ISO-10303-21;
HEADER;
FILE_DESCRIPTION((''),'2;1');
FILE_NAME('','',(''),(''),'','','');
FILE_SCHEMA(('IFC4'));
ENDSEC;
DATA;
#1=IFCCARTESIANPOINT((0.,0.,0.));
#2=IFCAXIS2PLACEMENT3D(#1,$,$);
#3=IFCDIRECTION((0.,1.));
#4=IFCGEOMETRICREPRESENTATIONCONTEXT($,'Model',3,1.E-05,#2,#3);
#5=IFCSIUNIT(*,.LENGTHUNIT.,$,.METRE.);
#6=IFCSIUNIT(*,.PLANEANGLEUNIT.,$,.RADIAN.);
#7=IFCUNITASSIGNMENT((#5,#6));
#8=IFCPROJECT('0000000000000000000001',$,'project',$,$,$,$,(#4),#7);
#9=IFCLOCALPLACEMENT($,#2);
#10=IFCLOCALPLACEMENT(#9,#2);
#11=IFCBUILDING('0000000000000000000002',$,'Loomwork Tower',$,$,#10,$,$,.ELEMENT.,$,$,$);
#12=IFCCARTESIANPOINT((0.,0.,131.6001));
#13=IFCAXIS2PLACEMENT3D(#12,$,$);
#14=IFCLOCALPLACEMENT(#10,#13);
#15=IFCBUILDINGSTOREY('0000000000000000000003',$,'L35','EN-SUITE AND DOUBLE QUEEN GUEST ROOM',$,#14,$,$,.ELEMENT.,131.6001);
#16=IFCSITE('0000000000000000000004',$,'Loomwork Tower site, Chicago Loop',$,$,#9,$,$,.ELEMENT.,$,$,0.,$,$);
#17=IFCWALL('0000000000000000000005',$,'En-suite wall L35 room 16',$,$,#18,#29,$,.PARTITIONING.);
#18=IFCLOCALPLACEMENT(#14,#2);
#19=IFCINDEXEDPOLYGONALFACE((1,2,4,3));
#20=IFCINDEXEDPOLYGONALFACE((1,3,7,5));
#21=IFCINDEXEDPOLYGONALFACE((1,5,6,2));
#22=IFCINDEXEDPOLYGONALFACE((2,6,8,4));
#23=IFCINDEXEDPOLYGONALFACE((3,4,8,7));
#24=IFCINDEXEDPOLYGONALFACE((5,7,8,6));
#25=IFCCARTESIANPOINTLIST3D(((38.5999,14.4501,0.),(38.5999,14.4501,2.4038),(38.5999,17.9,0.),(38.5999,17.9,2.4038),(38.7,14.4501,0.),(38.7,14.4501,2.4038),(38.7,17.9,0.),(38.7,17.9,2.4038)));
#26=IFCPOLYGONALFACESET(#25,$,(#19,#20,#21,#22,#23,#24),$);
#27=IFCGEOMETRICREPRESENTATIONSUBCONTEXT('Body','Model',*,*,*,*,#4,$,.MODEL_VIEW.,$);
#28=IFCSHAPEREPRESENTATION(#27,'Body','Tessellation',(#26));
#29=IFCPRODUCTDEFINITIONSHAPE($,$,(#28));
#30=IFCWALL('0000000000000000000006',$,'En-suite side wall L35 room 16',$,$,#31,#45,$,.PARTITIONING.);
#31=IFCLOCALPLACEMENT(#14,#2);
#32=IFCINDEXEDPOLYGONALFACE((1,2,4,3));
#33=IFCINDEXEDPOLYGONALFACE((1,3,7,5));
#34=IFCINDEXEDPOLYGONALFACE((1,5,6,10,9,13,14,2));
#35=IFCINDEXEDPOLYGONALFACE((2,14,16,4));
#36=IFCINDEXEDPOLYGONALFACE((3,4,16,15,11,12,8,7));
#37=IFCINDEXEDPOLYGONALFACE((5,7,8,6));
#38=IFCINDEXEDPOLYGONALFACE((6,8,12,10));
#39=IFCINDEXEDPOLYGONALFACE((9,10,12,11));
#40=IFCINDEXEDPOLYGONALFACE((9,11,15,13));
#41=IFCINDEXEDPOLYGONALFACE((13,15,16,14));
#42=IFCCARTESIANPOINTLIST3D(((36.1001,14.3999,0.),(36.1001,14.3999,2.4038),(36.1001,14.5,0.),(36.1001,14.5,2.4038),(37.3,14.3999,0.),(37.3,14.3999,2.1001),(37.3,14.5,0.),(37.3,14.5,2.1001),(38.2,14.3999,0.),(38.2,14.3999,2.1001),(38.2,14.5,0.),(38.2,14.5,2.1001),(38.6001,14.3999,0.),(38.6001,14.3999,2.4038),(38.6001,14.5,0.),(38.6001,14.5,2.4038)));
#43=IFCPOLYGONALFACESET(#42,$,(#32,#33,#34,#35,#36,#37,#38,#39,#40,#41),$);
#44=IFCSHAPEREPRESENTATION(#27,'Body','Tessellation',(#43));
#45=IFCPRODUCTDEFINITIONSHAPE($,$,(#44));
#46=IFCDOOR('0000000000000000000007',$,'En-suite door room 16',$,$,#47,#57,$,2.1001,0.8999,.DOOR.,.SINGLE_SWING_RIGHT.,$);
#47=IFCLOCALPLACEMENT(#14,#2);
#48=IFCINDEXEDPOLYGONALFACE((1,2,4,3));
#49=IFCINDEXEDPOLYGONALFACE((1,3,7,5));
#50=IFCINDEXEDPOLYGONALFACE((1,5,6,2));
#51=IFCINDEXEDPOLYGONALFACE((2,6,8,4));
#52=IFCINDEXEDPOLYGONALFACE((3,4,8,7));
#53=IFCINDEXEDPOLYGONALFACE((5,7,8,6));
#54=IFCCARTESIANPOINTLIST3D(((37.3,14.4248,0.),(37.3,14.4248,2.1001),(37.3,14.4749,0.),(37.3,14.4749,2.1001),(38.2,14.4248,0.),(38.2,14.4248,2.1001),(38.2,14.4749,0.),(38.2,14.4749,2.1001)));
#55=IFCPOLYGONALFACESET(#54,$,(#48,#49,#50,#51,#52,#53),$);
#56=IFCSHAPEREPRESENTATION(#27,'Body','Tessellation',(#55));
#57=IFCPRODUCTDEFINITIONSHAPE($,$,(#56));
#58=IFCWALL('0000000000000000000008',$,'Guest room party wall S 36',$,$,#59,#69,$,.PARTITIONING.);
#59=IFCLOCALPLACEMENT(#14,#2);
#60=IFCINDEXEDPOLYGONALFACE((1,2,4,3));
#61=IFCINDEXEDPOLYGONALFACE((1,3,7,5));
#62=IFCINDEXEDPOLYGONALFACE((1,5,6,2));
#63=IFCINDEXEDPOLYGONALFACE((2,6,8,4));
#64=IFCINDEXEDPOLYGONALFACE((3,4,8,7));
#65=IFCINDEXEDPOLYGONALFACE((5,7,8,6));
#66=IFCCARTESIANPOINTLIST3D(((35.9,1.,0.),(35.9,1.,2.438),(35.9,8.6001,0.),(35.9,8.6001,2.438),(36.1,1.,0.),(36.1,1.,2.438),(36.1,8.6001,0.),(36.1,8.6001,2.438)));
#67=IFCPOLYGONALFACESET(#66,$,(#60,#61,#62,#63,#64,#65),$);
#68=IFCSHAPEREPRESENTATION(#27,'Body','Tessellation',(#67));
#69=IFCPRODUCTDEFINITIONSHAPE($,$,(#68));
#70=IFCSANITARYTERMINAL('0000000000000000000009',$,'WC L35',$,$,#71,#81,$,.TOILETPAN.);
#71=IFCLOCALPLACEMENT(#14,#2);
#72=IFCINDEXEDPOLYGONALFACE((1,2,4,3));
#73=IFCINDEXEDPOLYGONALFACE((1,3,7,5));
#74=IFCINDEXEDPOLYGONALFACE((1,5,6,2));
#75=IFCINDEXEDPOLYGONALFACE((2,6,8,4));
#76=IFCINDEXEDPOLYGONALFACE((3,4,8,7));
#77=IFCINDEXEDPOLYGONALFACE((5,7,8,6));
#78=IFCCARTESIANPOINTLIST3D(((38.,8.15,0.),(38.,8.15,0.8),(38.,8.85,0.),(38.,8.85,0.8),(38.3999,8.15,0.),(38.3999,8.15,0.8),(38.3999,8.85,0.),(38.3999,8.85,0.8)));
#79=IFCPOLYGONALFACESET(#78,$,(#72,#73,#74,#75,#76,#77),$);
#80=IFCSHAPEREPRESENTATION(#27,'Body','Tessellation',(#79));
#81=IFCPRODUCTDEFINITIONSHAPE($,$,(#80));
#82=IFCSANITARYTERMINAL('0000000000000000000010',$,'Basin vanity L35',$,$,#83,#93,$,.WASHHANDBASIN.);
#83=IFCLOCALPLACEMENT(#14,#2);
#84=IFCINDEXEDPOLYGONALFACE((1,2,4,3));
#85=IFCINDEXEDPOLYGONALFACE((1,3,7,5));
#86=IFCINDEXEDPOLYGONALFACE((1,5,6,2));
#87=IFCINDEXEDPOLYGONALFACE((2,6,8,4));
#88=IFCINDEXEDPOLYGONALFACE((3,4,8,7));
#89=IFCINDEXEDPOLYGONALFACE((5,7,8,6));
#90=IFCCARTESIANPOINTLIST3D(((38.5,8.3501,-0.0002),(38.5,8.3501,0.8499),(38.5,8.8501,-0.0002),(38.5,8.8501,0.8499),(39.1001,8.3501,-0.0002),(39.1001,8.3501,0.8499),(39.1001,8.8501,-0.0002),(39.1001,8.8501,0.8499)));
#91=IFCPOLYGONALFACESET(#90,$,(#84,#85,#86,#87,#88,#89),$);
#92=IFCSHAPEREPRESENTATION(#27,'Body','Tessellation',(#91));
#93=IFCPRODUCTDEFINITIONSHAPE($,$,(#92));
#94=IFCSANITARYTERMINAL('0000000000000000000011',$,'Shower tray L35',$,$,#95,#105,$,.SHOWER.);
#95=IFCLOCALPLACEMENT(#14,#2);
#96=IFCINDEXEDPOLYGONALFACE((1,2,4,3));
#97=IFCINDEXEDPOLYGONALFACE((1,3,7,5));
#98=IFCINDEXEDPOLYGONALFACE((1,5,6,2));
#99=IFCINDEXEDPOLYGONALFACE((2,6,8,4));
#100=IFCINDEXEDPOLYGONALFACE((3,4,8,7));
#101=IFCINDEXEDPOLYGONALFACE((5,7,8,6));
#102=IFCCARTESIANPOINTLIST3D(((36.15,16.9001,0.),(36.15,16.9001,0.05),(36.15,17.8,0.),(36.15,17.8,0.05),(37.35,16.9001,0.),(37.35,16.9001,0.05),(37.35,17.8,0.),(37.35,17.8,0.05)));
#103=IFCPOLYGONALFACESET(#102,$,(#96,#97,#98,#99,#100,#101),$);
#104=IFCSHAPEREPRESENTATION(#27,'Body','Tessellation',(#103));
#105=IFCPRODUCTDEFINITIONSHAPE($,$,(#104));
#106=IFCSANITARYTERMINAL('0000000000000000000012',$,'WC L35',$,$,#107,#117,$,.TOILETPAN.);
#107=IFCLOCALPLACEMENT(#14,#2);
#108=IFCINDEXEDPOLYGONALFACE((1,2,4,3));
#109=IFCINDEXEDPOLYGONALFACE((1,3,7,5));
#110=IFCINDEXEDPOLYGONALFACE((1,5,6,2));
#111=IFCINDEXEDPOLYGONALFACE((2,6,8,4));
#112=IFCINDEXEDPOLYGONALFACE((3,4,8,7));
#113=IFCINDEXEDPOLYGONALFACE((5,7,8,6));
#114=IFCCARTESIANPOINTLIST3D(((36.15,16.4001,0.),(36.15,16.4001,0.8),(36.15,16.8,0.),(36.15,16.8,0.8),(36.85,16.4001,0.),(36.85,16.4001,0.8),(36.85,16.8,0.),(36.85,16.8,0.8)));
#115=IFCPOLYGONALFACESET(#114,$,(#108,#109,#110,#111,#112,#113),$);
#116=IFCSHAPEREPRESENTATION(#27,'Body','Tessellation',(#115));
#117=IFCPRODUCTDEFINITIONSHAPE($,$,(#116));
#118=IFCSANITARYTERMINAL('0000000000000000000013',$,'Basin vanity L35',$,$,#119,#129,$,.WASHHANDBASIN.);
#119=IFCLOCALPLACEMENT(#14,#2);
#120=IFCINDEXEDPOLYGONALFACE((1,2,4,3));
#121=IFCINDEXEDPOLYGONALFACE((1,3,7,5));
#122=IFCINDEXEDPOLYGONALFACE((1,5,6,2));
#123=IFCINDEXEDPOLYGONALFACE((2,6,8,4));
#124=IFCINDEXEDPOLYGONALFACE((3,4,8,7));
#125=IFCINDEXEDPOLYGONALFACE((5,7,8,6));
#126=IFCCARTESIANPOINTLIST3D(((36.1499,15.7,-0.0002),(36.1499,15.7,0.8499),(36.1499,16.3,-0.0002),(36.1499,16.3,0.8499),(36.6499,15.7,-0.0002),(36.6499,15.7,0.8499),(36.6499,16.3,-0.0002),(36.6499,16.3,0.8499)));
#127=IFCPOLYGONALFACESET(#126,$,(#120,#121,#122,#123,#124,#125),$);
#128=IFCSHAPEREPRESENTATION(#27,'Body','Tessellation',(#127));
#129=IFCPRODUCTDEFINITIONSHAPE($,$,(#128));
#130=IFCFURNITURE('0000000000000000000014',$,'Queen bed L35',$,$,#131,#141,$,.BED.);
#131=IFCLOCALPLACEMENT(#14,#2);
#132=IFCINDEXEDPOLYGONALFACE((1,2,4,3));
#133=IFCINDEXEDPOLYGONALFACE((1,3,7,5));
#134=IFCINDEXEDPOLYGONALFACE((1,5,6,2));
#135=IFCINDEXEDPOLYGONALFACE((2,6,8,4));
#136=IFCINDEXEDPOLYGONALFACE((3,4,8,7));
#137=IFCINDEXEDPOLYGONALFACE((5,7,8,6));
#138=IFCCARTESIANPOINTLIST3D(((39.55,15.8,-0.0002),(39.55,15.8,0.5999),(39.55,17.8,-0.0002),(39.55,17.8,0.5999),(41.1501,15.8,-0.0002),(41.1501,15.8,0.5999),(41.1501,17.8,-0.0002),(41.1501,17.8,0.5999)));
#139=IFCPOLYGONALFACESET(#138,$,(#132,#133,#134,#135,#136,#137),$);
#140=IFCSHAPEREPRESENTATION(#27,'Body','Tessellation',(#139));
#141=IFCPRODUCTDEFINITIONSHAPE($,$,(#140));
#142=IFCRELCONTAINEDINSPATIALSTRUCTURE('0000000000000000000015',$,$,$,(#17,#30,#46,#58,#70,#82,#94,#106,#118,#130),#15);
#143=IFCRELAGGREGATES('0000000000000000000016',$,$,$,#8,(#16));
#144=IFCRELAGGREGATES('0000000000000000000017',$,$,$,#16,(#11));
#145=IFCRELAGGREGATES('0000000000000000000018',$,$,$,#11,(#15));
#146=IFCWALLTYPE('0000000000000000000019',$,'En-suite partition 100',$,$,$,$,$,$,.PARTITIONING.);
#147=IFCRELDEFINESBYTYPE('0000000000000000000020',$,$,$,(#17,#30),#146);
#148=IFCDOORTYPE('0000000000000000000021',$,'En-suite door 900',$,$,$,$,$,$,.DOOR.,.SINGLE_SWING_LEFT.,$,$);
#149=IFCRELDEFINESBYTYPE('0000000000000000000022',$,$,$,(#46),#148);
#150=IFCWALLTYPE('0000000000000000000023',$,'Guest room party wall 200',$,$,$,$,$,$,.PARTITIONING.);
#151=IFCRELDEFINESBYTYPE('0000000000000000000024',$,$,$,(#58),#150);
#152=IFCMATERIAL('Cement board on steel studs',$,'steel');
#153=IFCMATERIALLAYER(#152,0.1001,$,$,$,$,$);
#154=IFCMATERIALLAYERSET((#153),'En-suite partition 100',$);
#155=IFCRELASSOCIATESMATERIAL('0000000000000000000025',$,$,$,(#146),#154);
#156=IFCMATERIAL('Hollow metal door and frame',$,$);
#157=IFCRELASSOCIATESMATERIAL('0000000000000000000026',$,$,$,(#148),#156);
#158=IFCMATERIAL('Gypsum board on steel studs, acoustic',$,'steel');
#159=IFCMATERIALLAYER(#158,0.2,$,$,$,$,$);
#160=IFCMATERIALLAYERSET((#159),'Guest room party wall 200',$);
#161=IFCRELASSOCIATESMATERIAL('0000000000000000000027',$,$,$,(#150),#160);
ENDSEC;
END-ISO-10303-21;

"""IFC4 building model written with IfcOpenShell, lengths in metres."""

from ifc_helpers import new_model, si_unit, direction, frame, frame_2d, origin, origin_2d, place, context, subcontext, project, spatial, rectangle, extrude, material, layer, layer_set, type_object, element, fill, save


model = new_model("IFC4")

# Units and contexts
model_context = context("Model", 3, precision=1e-05, world=origin(), true_north=direction((0.0, 1.0)))
body_context = subcontext(model_context, "Body", "Model", "MODEL_VIEW")
ifc_project = project(units=[si_unit("LENGTHUNIT", "METRE"), si_unit("PLANEANGLEUNIT", "RADIAN")], contexts=[model_context])

# Site, building, storey
site_placement = place(None, origin())
site = spatial("IfcSite", under=ifc_project, at=site_placement, Name="Loomwork Tower site, Chicago Loop", CompositionType="ELEMENT", RefElevation=0.0)
building_placement = place(site_placement, origin())
building = spatial("IfcBuilding", under=site, at=building_placement, Name="Loomwork Tower", CompositionType="ELEMENT")
storey_placement = place(building_placement, frame((0.0, 0.0, 131.6001)))
storey = spatial("IfcBuildingStorey", under=building, at=storey_placement, Name="L35", Description="EN-SUITE AND DOUBLE QUEEN GUEST ROOM", CompositionType="ELEMENT", Elevation=131.6001)

# Shared definitions
ifc_material_1 = material(Name="Cement board on steel studs", Category="steel")
ifc_layer_1 = layer(ifc_material_1, 0.1001)
ifc_layer_set_1 = layer_set([ifc_layer_1], Name="En-suite partition 100")
wall_type_1 = type_object("IfcWallType", Name="En-suite partition 100", PredefinedType="PARTITIONING", material=ifc_layer_set_1)
ifc_material_2 = material(Name="Hollow metal door and frame")
door_type_1 = type_object("IfcDoorType", Name="En-suite door 900", OperationType="SINGLE_SWING_LEFT", PredefinedType="DOOR", material=ifc_material_2)

# Wall
wall_1_placement = place(storey_placement, frame((38.6499, 14.45, 0.0), z_axis=(0.0, 0.0, 1.0), x_axis=(0.0, 1.0, 0.0)))
element("IfcWall", 1, at=wall_1_placement, inside=storey, type_object=wall_type_1, Name="En-suite wall L35 room 16", PredefinedType="PARTITIONING", context=body_context, shape_type="SweptSolid", body=[
    extrude(rectangle(XDim=3.45, YDim=0.1001, at=frame_2d((1.7251, 0.0))), origin(), (0.0, 0.0, 1.0), 2.4038),
])

# Wall, opening, door
wall_2_placement = place(storey_placement, frame((36.1001, 14.45, 0.0), z_axis=(0.0, 0.0, 1.0), x_axis=(1.0, 0.0, 0.0)))
wall_2 = element("IfcWall", 2, at=wall_2_placement, inside=storey, type_object=wall_type_1, Name="En-suite side wall L35 room 16", PredefinedType="PARTITIONING", context=body_context, shape_type="SweptSolid", body=[
    extrude(rectangle(XDim=2.5, YDim=0.1001, at=frame_2d((1.25, 0.0))), origin(), (0.0, 0.0, 1.0), 2.4038),
])
opening_1_placement = place(wall_2_placement, frame((1.2, 0.0, 0.0)))
opening_1 = element("IfcOpeningElement", 3, at=opening_1_placement, cuts=wall_2, PredefinedType="OPENING", context=body_context, shape_type="SweptSolid", body=[
    extrude(rectangle(XDim=0.8999, YDim=2.1001, at=frame_2d((0.45, 1.05))), frame((0.0, 0.0601, 0.0), z_axis=(0.0, -1.0, 0.0), x_axis=(1.0, 0.0, 0.0)), (0.0, 0.0, 1.0), 0.1201),
])
door_1_placement = place(opening_1_placement, origin())
door_1 = element("IfcDoor", 4, at=door_1_placement, inside=storey, type_object=door_type_1, Name="En-suite door room 16", OperationType="SINGLE_SWING_RIGHT", OverallHeight=2.1001, OverallWidth=0.8999, PredefinedType="DOOR", context=body_context, shape_type="SweptSolid", body=[
    extrude(rectangle(XDim=0.8999, YDim=2.1001, at=frame_2d((0.45, 1.05))), frame((0.0, 0.0249, 0.0), z_axis=(0.0, -1.0, 0.0), x_axis=(1.0, 0.0, 0.0)), (0.0, 0.0, 1.0), 0.05),
])
fill(opening_1, door_1)

# Wall
ifc_material_3 = material(Name="Gypsum board on steel studs, acoustic", Category="steel")
ifc_layer_2 = layer(ifc_material_3, 0.2)
ifc_layer_set_2 = layer_set([ifc_layer_2], Name="Guest room party wall 200")
wall_type_2 = type_object("IfcWallType", Name="Guest room party wall 200", PredefinedType="PARTITIONING", material=ifc_layer_set_2)
wall_3_placement = place(storey_placement, frame((36.0, 8.6001, 0.0), z_axis=(0.0, 0.0, 1.0), x_axis=(0.0, -1.0, 0.0)))
element("IfcWall", 5, at=wall_3_placement, inside=storey, type_object=wall_type_2, Name="Guest room party wall S 36", PredefinedType="PARTITIONING", context=body_context, shape_type="SweptSolid", body=[
    extrude(rectangle(XDim=7.6001, YDim=0.2, at=frame_2d((3.8, 0.0))), origin(), (0.0, 0.0, 1.0), 2.438),
])

# Sanitary terminals
sanitary_terminal_1_placement = place(storey_placement, frame((38.2, 8.5, 0.0), z_axis=(0.0, 0.0, 1.0), x_axis=(1.0, 0.0, 0.0)))
element("IfcSanitaryTerminal", 6, at=sanitary_terminal_1_placement, inside=storey, Name="WC L35", PredefinedType="TOILETPAN", context=body_context, shape_type="SweptSolid", body=[
    extrude(rectangle(XDim=0.3999, YDim=0.7, at=origin_2d()), origin(), (0.0, 0.0, 1.0), 0.8),
])
sanitary_terminal_2_placement = place(storey_placement, frame((38.8, 8.6001, -0.0002), z_axis=(0.0, 0.0, 1.0), x_axis=(1.0, 0.0, 0.0)))
element("IfcSanitaryTerminal", 7, at=sanitary_terminal_2_placement, inside=storey, Name="Basin vanity L35", PredefinedType="WASHHANDBASIN", context=body_context, shape_type="SweptSolid", body=[
    extrude(rectangle(XDim=0.6001, YDim=0.5, at=origin_2d()), origin(), (0.0, 0.0, 1.0), 0.8501),
])
sanitary_terminal_3_placement = place(storey_placement, frame((36.75, 17.3501, 0.0), z_axis=(0.0, 0.0, 1.0), x_axis=(1.0, 0.0, 0.0)))
element("IfcSanitaryTerminal", 8, at=sanitary_terminal_3_placement, inside=storey, Name="Shower tray L35", PredefinedType="SHOWER", context=body_context, shape_type="SweptSolid", body=[
    extrude(rectangle(XDim=1.2, YDim=0.8999, at=origin_2d()), origin(), (0.0, 0.0, 1.0), 0.05),
])
sanitary_terminal_4_placement = place(storey_placement, frame((36.5, 16.6001, 0.0), z_axis=(0.0, 0.0, 1.0), x_axis=(1.0, 0.0, 0.0)))
element("IfcSanitaryTerminal", 9, at=sanitary_terminal_4_placement, inside=storey, Name="WC L35", PredefinedType="TOILETPAN", context=body_context, shape_type="SweptSolid", body=[
    extrude(rectangle(XDim=0.7, YDim=0.3999, at=origin_2d()), origin(), (0.0, 0.0, 1.0), 0.8),
])
sanitary_terminal_5_placement = place(storey_placement, frame((36.3999, 16.0, -0.0002), z_axis=(0.0, 0.0, 1.0), x_axis=(1.0, 0.0, 0.0)))
element("IfcSanitaryTerminal", 10, at=sanitary_terminal_5_placement, inside=storey, Name="Basin vanity L35", PredefinedType="WASHHANDBASIN", context=body_context, shape_type="SweptSolid", body=[
    extrude(rectangle(XDim=0.5, YDim=0.6001, at=origin_2d()), origin(), (0.0, 0.0, 1.0), 0.8501),
])

# Furniture
furniture_placement = place(storey_placement, frame((40.3501, 16.8, -0.0002), z_axis=(0.0, 0.0, 1.0), x_axis=(1.0, 0.0, 0.0)))
element("IfcFurniture", 11, at=furniture_placement, inside=storey, Name="Queen bed L35", PredefinedType="BED", context=body_context, shape_type="SweptSolid", body=[
    extrude(rectangle(XDim=1.6001, YDim=2.0, at=origin_2d()), origin(), (0.0, 0.0, 1.0), 0.6001),
])

save(model, "model.ifc")
